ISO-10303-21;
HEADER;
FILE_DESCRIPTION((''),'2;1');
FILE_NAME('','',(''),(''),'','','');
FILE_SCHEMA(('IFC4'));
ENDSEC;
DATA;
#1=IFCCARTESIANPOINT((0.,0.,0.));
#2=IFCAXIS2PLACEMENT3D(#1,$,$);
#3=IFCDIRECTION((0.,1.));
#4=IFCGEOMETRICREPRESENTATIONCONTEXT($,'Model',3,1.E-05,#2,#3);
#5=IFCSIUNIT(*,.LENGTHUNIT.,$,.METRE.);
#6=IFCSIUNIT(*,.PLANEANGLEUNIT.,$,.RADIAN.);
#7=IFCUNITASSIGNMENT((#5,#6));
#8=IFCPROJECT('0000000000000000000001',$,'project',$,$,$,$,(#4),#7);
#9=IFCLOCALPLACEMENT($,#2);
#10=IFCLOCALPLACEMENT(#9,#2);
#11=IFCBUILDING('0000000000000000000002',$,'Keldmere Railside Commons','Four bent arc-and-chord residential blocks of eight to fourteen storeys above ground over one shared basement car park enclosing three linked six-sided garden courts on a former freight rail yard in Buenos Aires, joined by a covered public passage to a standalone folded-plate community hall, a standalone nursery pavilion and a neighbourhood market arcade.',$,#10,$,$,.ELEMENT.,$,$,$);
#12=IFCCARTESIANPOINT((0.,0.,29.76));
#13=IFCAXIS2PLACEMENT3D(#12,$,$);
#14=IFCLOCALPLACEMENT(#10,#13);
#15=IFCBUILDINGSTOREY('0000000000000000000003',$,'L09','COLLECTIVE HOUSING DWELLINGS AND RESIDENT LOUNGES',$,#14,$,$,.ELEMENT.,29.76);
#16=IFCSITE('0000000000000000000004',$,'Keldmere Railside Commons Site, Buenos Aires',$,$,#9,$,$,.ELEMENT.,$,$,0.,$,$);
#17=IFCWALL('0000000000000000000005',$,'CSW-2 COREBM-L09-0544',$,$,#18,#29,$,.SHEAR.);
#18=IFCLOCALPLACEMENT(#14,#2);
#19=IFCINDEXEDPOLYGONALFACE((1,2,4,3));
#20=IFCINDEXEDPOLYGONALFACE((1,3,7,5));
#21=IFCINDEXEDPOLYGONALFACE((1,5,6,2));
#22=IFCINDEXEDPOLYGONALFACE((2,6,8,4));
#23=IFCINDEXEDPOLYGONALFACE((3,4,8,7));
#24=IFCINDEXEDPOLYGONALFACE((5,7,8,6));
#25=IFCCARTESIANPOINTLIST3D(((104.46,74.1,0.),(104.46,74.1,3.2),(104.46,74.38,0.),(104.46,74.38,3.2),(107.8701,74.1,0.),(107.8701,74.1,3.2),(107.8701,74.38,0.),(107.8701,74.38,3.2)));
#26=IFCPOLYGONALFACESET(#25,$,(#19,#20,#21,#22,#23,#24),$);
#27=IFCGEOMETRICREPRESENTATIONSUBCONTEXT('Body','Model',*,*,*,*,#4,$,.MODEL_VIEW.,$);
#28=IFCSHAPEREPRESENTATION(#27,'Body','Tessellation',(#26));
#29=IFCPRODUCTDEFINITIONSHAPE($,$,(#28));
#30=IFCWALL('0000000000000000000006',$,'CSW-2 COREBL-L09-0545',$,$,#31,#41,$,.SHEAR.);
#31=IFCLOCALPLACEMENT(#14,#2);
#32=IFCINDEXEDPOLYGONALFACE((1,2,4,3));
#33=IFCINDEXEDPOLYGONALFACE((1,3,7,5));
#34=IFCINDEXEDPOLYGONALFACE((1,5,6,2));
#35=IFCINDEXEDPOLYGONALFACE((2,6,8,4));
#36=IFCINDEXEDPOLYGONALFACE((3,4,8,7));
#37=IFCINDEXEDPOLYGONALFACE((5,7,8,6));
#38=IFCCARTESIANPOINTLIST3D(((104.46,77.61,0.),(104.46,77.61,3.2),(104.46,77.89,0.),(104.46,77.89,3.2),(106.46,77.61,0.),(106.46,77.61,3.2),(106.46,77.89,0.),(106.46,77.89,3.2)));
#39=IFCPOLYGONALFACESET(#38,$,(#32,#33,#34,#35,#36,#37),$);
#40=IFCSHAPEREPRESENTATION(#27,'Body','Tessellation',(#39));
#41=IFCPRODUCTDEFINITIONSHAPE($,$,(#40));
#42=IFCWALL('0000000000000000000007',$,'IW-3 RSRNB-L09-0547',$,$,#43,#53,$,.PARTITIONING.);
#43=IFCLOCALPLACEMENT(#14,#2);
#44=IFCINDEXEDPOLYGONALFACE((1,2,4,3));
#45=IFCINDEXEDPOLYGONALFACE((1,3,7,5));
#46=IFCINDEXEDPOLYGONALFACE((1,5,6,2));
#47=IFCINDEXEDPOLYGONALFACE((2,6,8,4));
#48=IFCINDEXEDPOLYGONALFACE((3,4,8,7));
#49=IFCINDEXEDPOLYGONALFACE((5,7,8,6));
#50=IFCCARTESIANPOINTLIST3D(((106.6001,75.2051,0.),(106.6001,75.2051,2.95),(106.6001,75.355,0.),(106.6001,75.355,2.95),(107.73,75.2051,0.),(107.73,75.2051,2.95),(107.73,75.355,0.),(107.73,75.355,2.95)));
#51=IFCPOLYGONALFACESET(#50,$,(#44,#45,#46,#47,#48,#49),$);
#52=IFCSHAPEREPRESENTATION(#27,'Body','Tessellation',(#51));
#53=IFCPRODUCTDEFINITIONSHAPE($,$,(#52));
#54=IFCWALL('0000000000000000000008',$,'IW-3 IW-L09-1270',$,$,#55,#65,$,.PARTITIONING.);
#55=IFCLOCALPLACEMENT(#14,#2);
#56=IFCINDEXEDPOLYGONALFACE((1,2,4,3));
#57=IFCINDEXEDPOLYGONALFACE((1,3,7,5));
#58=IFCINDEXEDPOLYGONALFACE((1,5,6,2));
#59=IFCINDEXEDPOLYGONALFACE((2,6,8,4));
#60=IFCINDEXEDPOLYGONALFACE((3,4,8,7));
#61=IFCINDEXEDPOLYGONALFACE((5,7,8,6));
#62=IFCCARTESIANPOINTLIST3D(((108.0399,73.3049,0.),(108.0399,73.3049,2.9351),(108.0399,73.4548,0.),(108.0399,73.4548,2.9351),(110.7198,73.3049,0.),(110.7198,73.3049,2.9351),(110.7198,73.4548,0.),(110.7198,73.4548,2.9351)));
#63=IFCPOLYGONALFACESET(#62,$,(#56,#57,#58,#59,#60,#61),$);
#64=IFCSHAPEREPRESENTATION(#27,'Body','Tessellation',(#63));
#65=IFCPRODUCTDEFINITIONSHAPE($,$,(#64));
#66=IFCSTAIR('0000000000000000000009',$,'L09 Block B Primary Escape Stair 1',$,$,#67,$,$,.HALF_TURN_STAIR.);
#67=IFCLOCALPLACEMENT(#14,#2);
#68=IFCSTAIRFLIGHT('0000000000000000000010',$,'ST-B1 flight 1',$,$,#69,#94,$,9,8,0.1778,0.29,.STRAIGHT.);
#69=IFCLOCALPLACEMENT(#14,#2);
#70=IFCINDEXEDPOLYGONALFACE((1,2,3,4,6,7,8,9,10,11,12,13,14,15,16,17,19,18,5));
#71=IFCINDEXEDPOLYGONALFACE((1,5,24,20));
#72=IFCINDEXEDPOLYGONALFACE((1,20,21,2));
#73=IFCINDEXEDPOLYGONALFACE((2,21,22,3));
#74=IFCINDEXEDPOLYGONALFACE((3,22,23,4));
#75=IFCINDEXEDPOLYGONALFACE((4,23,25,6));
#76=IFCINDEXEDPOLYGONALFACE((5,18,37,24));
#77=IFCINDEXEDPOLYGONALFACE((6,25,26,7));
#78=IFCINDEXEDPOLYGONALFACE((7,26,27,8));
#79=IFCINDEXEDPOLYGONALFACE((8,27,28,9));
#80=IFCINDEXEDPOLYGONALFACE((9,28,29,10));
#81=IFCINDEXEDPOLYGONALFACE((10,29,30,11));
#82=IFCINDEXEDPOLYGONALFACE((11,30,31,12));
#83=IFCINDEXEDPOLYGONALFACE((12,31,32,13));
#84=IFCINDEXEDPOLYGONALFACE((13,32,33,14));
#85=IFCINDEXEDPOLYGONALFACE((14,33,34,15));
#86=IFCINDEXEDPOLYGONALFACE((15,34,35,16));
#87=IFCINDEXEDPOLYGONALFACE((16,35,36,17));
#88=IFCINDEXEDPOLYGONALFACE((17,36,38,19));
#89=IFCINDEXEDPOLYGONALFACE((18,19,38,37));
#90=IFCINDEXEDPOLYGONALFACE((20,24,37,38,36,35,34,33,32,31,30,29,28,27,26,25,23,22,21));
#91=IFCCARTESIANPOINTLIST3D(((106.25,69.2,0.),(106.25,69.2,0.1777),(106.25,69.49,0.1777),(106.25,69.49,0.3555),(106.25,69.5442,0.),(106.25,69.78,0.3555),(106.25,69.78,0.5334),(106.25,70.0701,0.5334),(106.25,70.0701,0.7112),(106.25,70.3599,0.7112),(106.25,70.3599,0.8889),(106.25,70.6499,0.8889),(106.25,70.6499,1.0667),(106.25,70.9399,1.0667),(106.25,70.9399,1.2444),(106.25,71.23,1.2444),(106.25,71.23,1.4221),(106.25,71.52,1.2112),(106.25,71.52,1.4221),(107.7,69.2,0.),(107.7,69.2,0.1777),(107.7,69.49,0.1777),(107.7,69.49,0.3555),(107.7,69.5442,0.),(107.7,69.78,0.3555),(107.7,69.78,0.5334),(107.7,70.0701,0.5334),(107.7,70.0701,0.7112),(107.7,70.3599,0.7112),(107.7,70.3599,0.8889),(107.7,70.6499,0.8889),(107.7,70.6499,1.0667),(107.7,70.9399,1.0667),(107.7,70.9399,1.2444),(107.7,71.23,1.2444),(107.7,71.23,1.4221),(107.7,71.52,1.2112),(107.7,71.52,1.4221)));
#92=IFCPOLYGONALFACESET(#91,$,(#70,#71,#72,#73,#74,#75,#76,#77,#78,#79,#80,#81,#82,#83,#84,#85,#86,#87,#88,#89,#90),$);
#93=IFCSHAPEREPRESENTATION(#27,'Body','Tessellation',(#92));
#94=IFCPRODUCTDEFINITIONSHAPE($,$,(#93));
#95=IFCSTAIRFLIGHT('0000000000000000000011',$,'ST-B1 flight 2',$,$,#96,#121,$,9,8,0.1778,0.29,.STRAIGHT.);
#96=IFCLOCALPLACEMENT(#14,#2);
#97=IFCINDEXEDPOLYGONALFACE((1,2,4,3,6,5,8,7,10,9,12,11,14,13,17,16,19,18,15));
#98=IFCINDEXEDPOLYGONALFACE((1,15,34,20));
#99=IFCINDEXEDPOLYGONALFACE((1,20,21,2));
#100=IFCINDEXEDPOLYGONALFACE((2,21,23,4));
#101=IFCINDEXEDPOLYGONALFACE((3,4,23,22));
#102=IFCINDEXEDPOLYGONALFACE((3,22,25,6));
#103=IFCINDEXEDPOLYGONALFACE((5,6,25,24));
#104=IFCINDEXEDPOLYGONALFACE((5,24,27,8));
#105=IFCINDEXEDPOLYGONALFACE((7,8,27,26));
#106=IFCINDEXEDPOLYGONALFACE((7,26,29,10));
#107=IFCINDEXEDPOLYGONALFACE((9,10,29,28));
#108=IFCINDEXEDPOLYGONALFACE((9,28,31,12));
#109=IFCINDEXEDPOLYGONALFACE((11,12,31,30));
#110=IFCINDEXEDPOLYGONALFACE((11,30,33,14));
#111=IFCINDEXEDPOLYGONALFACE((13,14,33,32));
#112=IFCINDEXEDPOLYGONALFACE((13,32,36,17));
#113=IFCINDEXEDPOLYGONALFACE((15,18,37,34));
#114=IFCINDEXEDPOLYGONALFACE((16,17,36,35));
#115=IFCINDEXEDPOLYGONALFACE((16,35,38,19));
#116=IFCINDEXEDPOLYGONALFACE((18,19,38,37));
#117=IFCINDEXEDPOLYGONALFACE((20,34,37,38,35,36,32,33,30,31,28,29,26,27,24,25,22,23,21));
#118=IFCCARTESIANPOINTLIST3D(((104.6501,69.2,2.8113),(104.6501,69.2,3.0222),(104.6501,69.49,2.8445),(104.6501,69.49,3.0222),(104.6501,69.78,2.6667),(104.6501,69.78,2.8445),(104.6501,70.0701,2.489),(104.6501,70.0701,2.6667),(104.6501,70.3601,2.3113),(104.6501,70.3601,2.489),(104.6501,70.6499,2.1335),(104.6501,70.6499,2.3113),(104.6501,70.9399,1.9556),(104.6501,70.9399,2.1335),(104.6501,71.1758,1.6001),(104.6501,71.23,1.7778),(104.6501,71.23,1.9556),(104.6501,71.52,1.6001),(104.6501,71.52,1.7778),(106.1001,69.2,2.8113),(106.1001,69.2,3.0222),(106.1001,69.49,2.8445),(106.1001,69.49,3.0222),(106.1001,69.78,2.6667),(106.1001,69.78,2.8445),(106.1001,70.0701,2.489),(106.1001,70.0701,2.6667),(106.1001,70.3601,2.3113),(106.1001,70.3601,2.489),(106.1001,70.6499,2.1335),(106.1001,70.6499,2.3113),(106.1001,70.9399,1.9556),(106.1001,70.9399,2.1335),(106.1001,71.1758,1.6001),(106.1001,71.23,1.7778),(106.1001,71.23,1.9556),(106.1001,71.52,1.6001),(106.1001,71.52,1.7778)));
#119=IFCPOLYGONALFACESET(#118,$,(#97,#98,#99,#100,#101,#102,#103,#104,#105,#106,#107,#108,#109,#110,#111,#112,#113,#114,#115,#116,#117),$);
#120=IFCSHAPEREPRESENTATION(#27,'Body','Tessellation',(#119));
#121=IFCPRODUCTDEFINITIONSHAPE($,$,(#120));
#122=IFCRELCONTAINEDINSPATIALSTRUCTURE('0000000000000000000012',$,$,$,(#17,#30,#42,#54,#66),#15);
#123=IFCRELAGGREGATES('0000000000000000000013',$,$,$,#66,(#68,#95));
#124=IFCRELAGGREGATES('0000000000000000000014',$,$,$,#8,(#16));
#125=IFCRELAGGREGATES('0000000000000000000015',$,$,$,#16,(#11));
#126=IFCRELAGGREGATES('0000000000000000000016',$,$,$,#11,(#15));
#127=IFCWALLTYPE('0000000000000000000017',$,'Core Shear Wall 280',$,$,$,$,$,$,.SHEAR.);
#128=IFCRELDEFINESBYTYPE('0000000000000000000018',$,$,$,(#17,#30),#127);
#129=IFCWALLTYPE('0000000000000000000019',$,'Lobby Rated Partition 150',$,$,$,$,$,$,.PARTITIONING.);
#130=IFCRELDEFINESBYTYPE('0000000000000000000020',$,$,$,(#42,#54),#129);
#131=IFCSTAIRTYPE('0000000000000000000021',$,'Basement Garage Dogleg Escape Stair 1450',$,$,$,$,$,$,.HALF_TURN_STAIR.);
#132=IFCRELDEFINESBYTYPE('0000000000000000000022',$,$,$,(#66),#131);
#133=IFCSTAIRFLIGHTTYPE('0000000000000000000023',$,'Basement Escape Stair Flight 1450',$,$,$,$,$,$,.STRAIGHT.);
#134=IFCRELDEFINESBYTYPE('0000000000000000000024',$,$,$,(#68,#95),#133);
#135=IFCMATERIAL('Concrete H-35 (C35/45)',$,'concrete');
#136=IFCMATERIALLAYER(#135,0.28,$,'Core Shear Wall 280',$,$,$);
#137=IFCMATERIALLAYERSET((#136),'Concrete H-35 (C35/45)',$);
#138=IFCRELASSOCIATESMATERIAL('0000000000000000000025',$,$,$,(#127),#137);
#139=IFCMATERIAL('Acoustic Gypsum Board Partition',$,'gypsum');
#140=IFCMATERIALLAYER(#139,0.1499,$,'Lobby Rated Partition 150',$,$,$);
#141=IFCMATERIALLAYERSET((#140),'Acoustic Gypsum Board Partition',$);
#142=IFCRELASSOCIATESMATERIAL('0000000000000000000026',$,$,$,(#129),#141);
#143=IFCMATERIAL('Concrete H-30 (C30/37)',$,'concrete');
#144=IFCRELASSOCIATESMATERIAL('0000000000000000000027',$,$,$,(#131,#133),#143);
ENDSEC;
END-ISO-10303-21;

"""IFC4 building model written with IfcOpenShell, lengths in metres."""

from ifc_helpers import new_model, si_unit, direction, frame, frame_2d, origin, place, context, subcontext, project, spatial, polyline, rectangle, outline, extrude, material, layer, layer_set, type_object, element, aggregate, save


model = new_model("IFC4")

# Units and contexts
model_context = context("Model", 3, precision=1e-05, world=origin(), true_north=direction((0.0, 1.0)))
body_context = subcontext(model_context, "Body", "Model", "MODEL_VIEW")
ifc_project = project(units=[si_unit("LENGTHUNIT", "METRE"), si_unit("PLANEANGLEUNIT", "RADIAN")], contexts=[model_context])

# Site, building, storey
site_placement = place(None, origin())
site = spatial("IfcSite", under=ifc_project, at=site_placement, Name="Keldmere Railside Commons Site, Buenos Aires", CompositionType="ELEMENT", RefElevation=0.0)
building_placement = place(site_placement, origin())
building = spatial("IfcBuilding", under=site, at=building_placement, Name="Keldmere Railside Commons", Description="Four bent arc-and-chord residential blocks of eight to fourteen storeys above ground over one shared basement car park enclosing three linked six-sided garden courts on a former freight rail yard in Buenos Aires, joined by a covered public passage to a standalone folded-plate community hall, a standalone nursery pavilion and a neighbourhood market arcade.", CompositionType="ELEMENT")
storey_placement = place(building_placement, frame((0.0, 0.0, 29.76)))
storey = spatial("IfcBuildingStorey", under=building, at=storey_placement, Name="L09", Description="COLLECTIVE HOUSING DWELLINGS AND RESIDENT LOUNGES", CompositionType="ELEMENT", Elevation=29.76)

# Walls
ifc_material_1 = material(Name="Concrete H-35 (C35/45)", Category="concrete")
ifc_layer_1 = layer(ifc_material_1, 0.28, Name="Core Shear Wall 280")
ifc_layer_set_1 = layer_set([ifc_layer_1], Name="Concrete H-35 (C35/45)")
wall_type_1 = type_object("IfcWallType", Name="Core Shear Wall 280", PredefinedType="SHEAR", material=ifc_layer_set_1)
wall_1_placement = place(storey_placement, frame((104.46, 74.24, 0.0), z_axis=(0.0, 0.0, 1.0), x_axis=(1.0, 0.0, 0.0)))
element("IfcWall", 1, at=wall_1_placement, inside=storey, type_object=wall_type_1, Name="CSW-2 COREBM-L09-0544", PredefinedType="SHEAR", context=body_context, shape_type="SweptSolid", body=[
    extrude(rectangle(XDim=3.4102, YDim=0.28, at=frame_2d((1.7051, 0.0))), origin(), (0.0, 0.0, 1.0), 3.2),
])
wall_2_placement = place(storey_placement, frame((104.46, 77.75, 0.0), z_axis=(0.0, 0.0, 1.0), x_axis=(1.0, 0.0, 0.0)))
element("IfcWall", 2, at=wall_2_placement, inside=storey, type_object=wall_type_1, Name="CSW-2 COREBL-L09-0545", PredefinedType="SHEAR", context=body_context, shape_type="SweptSolid", body=[
    extrude(rectangle(XDim=2.0, YDim=0.28, at=frame_2d((1.0, 0.0))), origin(), (0.0, 0.0, 1.0), 3.2),
])

# Walls
ifc_material_2 = material(Name="Acoustic Gypsum Board Partition", Category="gypsum")
ifc_layer_2 = layer(ifc_material_2, 0.1499, Name="Lobby Rated Partition 150")
ifc_layer_set_2 = layer_set([ifc_layer_2], Name="Acoustic Gypsum Board Partition")
wall_type_2 = type_object("IfcWallType", Name="Lobby Rated Partition 150", PredefinedType="PARTITIONING", material=ifc_layer_set_2)
wall_3_placement = place(storey_placement, frame((106.6001, 75.28, 0.0), z_axis=(0.0, 0.0, 1.0), x_axis=(1.0, 0.0, 0.0)))
element("IfcWall", 3, at=wall_3_placement, inside=storey, type_object=wall_type_2, Name="IW-3 RSRNB-L09-0547", PredefinedType="PARTITIONING", context=body_context, shape_type="SweptSolid", body=[
    extrude(rectangle(XDim=1.1299, YDim=0.1499, at=frame_2d((0.5649, 0.0))), origin(), (0.0, 0.0, 1.0), 2.95),
])
wall_4_placement = place(storey_placement, frame((108.04, 73.3799, 0.0), z_axis=(0.0, 0.0, 1.0), x_axis=(1.0, 0.0, 0.0)))
element("IfcWall", 4, at=wall_4_placement, inside=storey, type_object=wall_type_2, Name="IW-3 IW-L09-1270", PredefinedType="PARTITIONING", context=body_context, shape_type="SweptSolid", body=[
    extrude(rectangle(XDim=2.6799, YDim=0.1499, at=frame_2d((1.3398, 0.0))), origin(), (0.0, 0.0, 1.0), 2.9351),
])

# Stair, stair flights
ifc_material_3 = material(Name="Concrete H-30 (C30/37)", Category="concrete")
stair_type = type_object("IfcStairType", Name="Basement Garage Dogleg Escape Stair 1450", PredefinedType="HALF_TURN_STAIR", material=ifc_material_3)
stair_placement = place(storey_placement, origin())
stair = element("IfcStair", 5, at=stair_placement, inside=storey, type_object=stair_type, Name="L09 Block B Primary Escape Stair 1", PredefinedType="HALF_TURN_STAIR")
stair_flight_type = type_object("IfcStairFlightType", Name="Basement Escape Stair Flight 1450", PredefinedType="STRAIGHT", material=ifc_material_3)
stair_flight_1_placement = place(storey_placement, frame((106.9751, 69.2, 0.0), z_axis=(0.0, 0.0, 1.0), x_axis=(0.0, 1.0, 0.0)))
stair_flight_1 = element("IfcStairFlight", 6, at=stair_flight_1_placement, type_object=stair_flight_type, Name="ST-B1 flight 1", NumberOfRisers=9, NumberOfTreads=8, PredefinedType="STRAIGHT", RiserHeight=0.1778, TreadLength=0.29, context=body_context, shape_type="SweptSolid", body=[
    extrude(outline(polyline([(0.0, 0.0), (0.0, 0.1777), (0.29, 0.1777), (0.29, 0.3555), (0.5801, 0.3555), (0.5801, 0.5334), (0.8701, 0.5334), (0.8701, 0.7112), (1.1599, 0.7112), (1.1599, 0.8889), (1.45, 0.8889), (1.45, 1.0667), (1.74, 1.0667), (1.74, 1.2444), (2.03, 1.2444), (2.03, 1.4221), (2.3201, 1.4221), (2.3201, 1.6001), (2.3201, 1.2112), (0.3442, 0.0), (0.0, 0.0)])), frame((0.0, 0.7251, 0.0), z_axis=(0.0, -1.0, 0.0), x_axis=(1.0, 0.0, 0.0)), (0.0, 0.0, 1.0), 1.45),
])
stair_flight_2_placement = place(storey_placement, frame((105.375, 71.52, 1.6001), z_axis=(0.0, 0.0, 1.0), x_axis=(0.0, -1.0, 0.0)))
stair_flight_2 = element("IfcStairFlight", 7, at=stair_flight_2_placement, type_object=stair_flight_type, Name="ST-B1 flight 2", NumberOfRisers=9, NumberOfTreads=8, PredefinedType="STRAIGHT", RiserHeight=0.1778, TreadLength=0.29, context=body_context, shape_type="SweptSolid", body=[
    extrude(outline(polyline([(0.0, 0.0), (0.0, 0.1777), (0.29, 0.1777), (0.29, 0.3555), (0.5801, 0.3555), (0.5801, 0.5334), (0.8701, 0.5334), (0.8701, 0.7112), (1.1599, 0.7112), (1.1599, 0.8889), (1.45, 0.8889), (1.45, 1.0667), (1.74, 1.0667), (1.74, 1.2444), (2.03, 1.2444), (2.03, 1.4221), (2.3201, 1.4221), (2.3201, 1.6001), (2.3201, 1.2112), (0.3442, 0.0), (0.0, 0.0)])), frame((0.0, 0.7251, 0.0), z_axis=(0.0, -1.0, 0.0), x_axis=(1.0, 0.0, 0.0)), (0.0, 0.0, 1.0), 1.45),
])
aggregate(stair, [stair_flight_1, stair_flight_2])

save(model, "model.ifc")
